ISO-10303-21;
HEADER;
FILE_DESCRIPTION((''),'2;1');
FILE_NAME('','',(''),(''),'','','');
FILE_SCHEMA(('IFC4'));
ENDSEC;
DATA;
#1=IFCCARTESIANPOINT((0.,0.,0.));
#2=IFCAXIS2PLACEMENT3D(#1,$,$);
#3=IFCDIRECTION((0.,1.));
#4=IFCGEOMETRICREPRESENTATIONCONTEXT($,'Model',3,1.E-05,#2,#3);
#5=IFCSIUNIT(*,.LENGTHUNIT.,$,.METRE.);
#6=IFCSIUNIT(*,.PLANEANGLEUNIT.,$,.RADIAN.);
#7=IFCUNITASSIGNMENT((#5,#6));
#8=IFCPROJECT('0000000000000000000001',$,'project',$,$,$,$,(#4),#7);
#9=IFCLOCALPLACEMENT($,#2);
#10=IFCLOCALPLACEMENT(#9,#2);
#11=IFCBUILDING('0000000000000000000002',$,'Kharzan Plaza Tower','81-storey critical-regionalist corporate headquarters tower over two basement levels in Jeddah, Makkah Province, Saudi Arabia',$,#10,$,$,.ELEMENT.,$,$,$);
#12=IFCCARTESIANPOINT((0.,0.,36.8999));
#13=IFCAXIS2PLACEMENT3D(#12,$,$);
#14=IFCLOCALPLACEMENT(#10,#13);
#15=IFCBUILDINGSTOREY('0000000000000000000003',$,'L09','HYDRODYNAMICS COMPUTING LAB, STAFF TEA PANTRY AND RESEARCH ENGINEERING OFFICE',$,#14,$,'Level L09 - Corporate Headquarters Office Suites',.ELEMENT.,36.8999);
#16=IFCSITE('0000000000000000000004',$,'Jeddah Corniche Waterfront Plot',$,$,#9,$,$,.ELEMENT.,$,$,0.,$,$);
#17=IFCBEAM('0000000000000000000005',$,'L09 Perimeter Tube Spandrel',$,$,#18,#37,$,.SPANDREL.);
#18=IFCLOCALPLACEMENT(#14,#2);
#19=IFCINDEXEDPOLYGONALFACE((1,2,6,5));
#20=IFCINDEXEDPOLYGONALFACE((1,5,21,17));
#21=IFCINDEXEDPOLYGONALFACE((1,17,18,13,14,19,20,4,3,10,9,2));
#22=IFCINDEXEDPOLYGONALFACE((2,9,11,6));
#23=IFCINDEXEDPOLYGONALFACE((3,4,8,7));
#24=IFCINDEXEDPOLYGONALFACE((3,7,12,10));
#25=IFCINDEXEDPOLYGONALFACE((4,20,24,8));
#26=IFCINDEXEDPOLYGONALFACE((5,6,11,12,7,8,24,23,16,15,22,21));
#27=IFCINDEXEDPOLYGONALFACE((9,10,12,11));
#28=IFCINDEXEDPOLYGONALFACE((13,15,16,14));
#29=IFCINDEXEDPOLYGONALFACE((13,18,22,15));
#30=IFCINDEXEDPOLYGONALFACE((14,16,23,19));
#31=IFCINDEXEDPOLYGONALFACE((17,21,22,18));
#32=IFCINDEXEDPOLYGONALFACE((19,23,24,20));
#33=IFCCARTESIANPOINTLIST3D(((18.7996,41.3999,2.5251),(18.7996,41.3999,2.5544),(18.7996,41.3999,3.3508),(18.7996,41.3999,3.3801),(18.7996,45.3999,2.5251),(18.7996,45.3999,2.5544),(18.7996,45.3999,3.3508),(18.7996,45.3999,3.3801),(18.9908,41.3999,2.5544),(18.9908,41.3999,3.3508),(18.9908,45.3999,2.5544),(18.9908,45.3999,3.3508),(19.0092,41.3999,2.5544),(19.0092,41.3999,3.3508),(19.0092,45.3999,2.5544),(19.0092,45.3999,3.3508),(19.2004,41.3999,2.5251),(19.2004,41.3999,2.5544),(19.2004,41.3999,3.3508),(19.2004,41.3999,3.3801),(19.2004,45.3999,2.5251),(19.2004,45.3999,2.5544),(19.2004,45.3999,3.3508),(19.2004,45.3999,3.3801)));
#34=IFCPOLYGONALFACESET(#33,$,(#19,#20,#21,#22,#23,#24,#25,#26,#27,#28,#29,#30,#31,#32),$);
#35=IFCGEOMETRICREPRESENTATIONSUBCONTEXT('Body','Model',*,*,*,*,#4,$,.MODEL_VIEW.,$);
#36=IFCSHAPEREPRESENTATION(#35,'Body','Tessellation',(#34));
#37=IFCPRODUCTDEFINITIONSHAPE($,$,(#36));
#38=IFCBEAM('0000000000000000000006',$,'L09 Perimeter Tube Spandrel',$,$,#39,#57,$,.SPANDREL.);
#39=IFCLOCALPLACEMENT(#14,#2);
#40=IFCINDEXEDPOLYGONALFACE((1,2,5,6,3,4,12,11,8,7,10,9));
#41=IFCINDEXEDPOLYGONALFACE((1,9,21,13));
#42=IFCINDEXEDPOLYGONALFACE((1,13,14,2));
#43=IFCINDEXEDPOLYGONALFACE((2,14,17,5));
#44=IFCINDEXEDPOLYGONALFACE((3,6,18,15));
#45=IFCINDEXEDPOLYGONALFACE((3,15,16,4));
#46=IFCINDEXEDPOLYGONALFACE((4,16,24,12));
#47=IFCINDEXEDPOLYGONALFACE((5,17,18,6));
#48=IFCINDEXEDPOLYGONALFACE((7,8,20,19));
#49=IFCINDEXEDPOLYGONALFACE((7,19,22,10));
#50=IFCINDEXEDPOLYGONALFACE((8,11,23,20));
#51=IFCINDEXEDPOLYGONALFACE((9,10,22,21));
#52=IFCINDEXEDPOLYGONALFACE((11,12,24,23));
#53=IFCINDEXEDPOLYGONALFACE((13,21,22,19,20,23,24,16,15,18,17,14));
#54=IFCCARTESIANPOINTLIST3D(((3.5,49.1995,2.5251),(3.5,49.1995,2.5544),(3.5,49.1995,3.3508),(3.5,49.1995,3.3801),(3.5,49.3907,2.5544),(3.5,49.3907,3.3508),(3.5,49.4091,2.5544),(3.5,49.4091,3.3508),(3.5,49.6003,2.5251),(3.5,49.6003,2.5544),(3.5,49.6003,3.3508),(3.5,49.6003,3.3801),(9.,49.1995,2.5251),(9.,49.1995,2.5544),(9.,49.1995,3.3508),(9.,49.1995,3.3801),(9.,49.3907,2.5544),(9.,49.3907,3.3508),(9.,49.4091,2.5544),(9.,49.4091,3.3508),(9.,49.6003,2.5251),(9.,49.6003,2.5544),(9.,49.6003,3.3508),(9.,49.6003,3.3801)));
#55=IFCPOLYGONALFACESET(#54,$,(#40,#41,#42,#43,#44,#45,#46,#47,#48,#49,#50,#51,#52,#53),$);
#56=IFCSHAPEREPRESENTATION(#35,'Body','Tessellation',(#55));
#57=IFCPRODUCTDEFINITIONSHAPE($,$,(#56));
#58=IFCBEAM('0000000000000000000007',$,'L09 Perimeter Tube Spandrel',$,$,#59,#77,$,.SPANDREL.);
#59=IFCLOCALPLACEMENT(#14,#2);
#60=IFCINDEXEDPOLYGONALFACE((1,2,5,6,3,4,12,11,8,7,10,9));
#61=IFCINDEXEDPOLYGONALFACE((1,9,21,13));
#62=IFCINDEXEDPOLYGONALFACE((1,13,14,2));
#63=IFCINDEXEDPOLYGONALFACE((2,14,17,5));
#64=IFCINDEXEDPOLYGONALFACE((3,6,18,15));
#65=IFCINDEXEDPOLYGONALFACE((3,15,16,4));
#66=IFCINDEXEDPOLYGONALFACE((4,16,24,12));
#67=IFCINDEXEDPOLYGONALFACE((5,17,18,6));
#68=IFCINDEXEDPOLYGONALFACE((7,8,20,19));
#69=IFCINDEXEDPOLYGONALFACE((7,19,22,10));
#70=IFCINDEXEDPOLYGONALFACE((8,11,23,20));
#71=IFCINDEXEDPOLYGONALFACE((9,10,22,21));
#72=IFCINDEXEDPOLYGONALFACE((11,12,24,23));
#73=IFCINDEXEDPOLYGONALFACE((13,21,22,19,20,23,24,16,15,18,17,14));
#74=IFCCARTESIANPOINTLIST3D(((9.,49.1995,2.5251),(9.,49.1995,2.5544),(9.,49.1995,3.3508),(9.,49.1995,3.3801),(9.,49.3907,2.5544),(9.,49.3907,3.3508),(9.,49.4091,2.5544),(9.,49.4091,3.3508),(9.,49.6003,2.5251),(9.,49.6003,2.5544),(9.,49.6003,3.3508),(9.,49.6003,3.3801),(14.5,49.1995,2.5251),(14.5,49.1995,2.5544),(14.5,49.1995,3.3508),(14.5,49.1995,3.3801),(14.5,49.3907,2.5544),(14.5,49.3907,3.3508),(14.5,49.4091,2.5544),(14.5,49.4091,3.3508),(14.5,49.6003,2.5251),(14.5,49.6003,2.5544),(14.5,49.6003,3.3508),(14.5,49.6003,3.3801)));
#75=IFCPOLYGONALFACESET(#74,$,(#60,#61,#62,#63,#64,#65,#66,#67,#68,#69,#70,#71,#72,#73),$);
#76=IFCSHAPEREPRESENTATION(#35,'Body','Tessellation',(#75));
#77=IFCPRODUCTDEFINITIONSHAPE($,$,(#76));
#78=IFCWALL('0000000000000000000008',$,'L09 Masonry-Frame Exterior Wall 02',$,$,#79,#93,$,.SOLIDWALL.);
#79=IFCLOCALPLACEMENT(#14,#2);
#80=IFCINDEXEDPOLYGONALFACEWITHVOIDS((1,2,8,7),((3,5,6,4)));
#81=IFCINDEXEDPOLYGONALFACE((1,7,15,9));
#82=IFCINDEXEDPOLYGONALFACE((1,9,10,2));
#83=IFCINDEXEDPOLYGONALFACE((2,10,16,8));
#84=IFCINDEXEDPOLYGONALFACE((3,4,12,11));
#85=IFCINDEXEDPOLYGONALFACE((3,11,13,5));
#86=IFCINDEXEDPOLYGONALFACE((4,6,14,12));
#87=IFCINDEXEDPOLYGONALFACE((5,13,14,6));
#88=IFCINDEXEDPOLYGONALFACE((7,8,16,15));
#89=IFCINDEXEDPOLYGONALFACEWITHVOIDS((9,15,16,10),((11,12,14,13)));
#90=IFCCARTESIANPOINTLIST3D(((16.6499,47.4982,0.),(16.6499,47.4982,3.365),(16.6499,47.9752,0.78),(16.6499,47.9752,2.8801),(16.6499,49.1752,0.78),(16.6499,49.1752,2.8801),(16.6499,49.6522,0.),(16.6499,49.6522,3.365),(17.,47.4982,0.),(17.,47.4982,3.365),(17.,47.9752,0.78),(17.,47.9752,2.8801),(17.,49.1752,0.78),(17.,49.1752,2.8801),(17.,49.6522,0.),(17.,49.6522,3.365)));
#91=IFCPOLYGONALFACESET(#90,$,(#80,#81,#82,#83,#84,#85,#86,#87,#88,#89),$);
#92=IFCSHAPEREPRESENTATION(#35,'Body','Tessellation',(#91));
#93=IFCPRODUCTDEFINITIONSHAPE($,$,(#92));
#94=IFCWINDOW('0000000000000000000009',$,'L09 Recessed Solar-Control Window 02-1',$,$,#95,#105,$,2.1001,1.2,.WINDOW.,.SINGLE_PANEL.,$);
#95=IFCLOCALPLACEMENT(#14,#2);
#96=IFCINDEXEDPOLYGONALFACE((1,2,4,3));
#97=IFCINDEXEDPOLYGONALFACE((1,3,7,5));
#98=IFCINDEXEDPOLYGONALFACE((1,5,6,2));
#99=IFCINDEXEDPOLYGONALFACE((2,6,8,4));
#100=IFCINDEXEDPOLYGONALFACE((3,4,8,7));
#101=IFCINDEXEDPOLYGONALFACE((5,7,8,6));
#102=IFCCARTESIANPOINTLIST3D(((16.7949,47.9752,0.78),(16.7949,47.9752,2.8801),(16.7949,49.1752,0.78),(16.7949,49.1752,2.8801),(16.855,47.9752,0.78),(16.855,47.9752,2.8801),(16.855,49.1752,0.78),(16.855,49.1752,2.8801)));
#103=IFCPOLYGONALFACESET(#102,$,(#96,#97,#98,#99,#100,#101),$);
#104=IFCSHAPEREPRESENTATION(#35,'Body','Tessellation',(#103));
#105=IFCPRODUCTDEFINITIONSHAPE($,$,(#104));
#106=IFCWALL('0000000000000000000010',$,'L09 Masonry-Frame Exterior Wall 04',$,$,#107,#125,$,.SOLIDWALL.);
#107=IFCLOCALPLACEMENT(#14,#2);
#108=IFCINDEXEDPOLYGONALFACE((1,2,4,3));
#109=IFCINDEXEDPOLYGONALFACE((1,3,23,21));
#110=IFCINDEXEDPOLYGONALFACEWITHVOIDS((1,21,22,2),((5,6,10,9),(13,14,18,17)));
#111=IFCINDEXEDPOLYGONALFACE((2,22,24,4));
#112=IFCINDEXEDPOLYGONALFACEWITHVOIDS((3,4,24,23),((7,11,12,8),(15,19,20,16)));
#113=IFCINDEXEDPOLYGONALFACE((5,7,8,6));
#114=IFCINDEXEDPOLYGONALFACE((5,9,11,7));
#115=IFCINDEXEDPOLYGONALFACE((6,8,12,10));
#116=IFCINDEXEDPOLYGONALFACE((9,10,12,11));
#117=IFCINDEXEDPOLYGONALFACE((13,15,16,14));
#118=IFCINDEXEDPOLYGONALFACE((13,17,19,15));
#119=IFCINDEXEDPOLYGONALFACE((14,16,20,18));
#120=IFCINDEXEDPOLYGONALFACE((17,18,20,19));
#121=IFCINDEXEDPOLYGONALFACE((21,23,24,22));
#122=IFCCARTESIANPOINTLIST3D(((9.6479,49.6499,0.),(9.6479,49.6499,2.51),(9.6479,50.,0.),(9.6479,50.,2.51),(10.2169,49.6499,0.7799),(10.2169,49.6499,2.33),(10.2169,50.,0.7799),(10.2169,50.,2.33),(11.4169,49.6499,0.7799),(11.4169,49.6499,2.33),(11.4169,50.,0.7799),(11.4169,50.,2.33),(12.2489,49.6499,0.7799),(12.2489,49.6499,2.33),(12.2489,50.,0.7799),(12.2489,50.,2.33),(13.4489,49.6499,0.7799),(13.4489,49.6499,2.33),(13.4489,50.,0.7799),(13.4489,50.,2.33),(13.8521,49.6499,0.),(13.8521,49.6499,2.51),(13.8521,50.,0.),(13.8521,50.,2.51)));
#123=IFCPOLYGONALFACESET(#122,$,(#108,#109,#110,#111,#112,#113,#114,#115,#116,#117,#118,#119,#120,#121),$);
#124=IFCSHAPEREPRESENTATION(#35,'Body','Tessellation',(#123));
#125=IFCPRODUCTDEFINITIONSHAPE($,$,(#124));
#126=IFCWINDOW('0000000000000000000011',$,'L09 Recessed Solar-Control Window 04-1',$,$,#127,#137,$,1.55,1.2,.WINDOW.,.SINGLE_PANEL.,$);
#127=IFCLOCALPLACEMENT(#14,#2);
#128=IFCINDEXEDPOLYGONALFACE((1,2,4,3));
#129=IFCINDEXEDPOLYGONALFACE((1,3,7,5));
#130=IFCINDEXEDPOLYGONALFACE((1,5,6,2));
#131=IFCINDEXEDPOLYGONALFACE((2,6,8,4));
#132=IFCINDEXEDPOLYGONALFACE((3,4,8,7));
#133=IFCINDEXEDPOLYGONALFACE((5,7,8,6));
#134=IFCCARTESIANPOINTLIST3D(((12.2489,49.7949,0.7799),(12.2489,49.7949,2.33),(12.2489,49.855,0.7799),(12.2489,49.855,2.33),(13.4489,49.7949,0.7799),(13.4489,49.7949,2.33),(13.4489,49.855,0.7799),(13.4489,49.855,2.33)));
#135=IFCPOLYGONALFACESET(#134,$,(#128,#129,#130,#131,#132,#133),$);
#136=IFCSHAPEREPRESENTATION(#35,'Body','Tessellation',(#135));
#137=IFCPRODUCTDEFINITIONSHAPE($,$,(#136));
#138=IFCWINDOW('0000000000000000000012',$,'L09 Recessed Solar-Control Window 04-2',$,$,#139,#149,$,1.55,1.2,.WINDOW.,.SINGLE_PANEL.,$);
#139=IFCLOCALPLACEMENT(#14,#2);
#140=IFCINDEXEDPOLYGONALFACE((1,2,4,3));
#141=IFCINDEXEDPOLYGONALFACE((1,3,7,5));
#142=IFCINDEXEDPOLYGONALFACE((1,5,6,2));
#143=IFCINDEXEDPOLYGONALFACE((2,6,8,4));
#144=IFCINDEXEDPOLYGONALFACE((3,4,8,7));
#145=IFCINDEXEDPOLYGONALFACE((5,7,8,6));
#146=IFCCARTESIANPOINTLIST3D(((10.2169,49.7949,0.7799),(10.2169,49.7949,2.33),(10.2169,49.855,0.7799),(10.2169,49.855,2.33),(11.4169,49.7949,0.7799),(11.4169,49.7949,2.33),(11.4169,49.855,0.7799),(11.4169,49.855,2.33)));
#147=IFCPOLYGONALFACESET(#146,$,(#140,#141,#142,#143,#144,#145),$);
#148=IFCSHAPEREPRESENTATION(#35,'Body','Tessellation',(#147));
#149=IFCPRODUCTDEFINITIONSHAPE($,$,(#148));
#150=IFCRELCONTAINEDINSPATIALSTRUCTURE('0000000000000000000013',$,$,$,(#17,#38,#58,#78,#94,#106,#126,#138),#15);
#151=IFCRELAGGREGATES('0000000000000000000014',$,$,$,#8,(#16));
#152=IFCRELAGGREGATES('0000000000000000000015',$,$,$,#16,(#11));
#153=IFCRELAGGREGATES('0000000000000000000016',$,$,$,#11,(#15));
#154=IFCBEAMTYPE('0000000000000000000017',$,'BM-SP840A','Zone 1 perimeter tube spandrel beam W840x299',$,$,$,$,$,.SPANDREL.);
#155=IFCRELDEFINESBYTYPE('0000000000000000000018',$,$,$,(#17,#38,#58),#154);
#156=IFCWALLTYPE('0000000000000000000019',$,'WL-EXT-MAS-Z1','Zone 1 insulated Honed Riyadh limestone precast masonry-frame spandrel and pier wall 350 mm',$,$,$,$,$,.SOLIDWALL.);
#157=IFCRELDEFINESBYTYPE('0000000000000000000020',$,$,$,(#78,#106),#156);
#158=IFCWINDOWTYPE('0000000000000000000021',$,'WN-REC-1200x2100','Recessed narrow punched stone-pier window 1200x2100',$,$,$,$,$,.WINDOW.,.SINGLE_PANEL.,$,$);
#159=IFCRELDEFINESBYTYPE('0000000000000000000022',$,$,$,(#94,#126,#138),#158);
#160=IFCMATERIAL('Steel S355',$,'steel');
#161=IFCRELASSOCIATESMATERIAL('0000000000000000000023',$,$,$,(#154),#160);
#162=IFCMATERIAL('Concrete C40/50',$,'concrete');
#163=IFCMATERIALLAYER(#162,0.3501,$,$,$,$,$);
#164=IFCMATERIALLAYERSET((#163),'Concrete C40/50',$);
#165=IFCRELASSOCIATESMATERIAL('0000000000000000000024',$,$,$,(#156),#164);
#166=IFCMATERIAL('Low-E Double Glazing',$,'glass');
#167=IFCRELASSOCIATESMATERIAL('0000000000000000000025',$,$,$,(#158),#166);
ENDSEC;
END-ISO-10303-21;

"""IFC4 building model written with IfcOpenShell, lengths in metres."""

from ifc_helpers import new_model, si_unit, direction, frame, frame_2d, origin, origin_2d, place, context, subcontext, project, spatial, rectangle, i_section, extrude, source, transform, mapped, material, layer, layer_set, material_profile, profile_set, type_object, element, fill, save


model = new_model("IFC4")

# Units and contexts
model_context = context("Model", 3, precision=1e-05, world=origin(), true_north=direction((0.0, 1.0)))
body_context = subcontext(model_context, "Body", "Model", "MODEL_VIEW")
ifc_project = project(units=[si_unit("LENGTHUNIT", "METRE"), si_unit("PLANEANGLEUNIT", "RADIAN")], contexts=[model_context])

# Site, building, storey
site_placement = place(None, origin())
site = spatial("IfcSite", under=ifc_project, at=site_placement, Name="Jeddah Corniche Waterfront Plot", CompositionType="ELEMENT", RefElevation=0.0)
building_placement = place(site_placement, origin())
building = spatial("IfcBuilding", under=site, at=building_placement, Name="Kharzan Plaza Tower", Description="81-storey critical-regionalist corporate headquarters tower over two basement levels in Jeddah, Makkah Province, Saudi Arabia", CompositionType="ELEMENT")
storey_placement = place(building_placement, frame((0.0, 0.0, 36.8999)))
storey = spatial("IfcBuildingStorey", under=building, at=storey_placement, Name="L09", Description="HYDRODYNAMICS COMPUTING LAB, STAFF TEA PANTRY AND RESEARCH ENGINEERING OFFICE", LongName="Level L09 - Corporate Headquarters Office Suites", CompositionType="ELEMENT", Elevation=36.8999)

# Beams
ifc_material_1 = material(Name="Steel S355", Category="steel")
ifc_material_profile_1 = material_profile(ifc_material_1, i_section(OverallWidth=0.4009, OverallDepth=0.855, WebThickness=0.0183, FlangeThickness=0.0293, at=origin_2d()), Name="W840x299")
ifc_profile_set_1 = profile_set([ifc_material_profile_1], Name="Steel S355")
beam_type_1 = type_object("IfcBeamType", Name="BM-SP840A", Description="Zone 1 perimeter tube spandrel beam W840x299", PredefinedType="SPANDREL", material=ifc_profile_set_1)
shared_shape_1 = source(origin(), body_context, "Body", "SweptSolid", [
    extrude(i_section(OverallWidth=0.4009, OverallDepth=0.855, WebThickness=0.0183, FlangeThickness=0.0293, at=origin_2d()), origin(), (0.0, 0.0, 1.0), 4.0),
])
beam_1_placement = place(storey_placement, frame((19.0, 41.3999, 2.9526), z_axis=(0.0, 1.0, 0.0), x_axis=(-1.0, 0.0, 0.0)))
element("IfcBeam", 1, at=beam_1_placement, inside=storey, type_object=beam_type_1, Name="L09 Perimeter Tube Spandrel", PredefinedType="SPANDREL", context=body_context, shape_type="MappedRepresentation", body=[
    mapped(shared_shape_1, transform((0.0, 0.0, 0.0), x_axis=(1.0, 0.0, 0.0), y_axis=(0.0, 1.0, 0.0), z_axis=(0.0, 0.0, 1.0))),
])
shared_shape_2 = source(origin(), body_context, "Body", "SweptSolid", [
    extrude(i_section(OverallWidth=0.4009, OverallDepth=0.855, WebThickness=0.0183, FlangeThickness=0.0293, at=origin_2d()), origin(), (0.0, 0.0, 1.0), 5.5),
])
for number, where, z_axis, x_axis, name in (
    (2, (3.5, 49.3999, 2.9526), (1.0, 0.0, 0.0), (0.0, 1.0, 0.0), "L09 Perimeter Tube Spandrel"),
    (3, (9.0, 49.3999, 2.9526), (1.0, 0.0, 0.0), (0.0, 1.0, 0.0), "L09 Perimeter Tube Spandrel"),
):
    element("IfcBeam", number, at=place(storey_placement, frame(where, z_axis=z_axis, x_axis=x_axis)), inside=storey, type_object=beam_type_1, Name=name, PredefinedType="SPANDREL", context=body_context, shape_type="MappedRepresentation", body=[
        mapped(shared_shape_2, transform((0.0, 0.0, 0.0), x_axis=(1.0, 0.0, 0.0), y_axis=(0.0, 1.0, 0.0), z_axis=(0.0, 0.0, 1.0))),
    ])

# Wall, opening, window
ifc_material_2 = material(Name="Concrete C40/50", Category="concrete")
ifc_layer = layer(ifc_material_2, 0.3501)
ifc_layer_set = layer_set([ifc_layer], Name="Concrete C40/50")
wall_type = type_object("IfcWallType", Name="WL-EXT-MAS-Z1", Description="Zone 1 insulated Honed Riyadh limestone precast masonry-frame spandrel and pier wall 350 mm", PredefinedType="SOLIDWALL", material=ifc_layer_set)
wall_1_placement = place(storey_placement, frame((16.825, 47.498, 0.0), z_axis=(0.0, 0.0, 1.0), x_axis=(0.0, 1.0, 0.0)))
wall_1 = element("IfcWall", 4, at=wall_1_placement, inside=storey, type_object=wall_type, Name="L09 Masonry-Frame Exterior Wall 02", PredefinedType="SOLIDWALL", context=body_context, shape_type="SweptSolid", body=[
    extrude(rectangle(XDim=2.1541, YDim=0.3501, at=frame_2d((1.0771, 0.0))), origin(), (0.0, 0.0, 1.0), 3.365),
])
opening_1_placement = place(wall_1_placement, frame((0.4771, 0.0, 0.78)))
opening_1 = element("IfcOpeningElement", 5, at=opening_1_placement, cuts=wall_1, PredefinedType="OPENING", context=body_context, shape_type="SweptSolid", body=[
    extrude(rectangle(XDim=1.2, YDim=2.1001, at=frame_2d((0.6001, 1.05))), frame((0.0, 0.1851, 0.0), z_axis=(0.0, -1.0, 0.0), x_axis=(1.0, 0.0, 0.0)), (0.0, 0.0, 1.0), 0.3701),
])
ifc_material_3 = material(Name="Low-E Double Glazing", Category="glass")
window_type_1 = type_object("IfcWindowType", Name="WN-REC-1200x2100", Description="Recessed narrow punched stone-pier window 1200x2100", PartitioningType="SINGLE_PANEL", PredefinedType="WINDOW", material=ifc_material_3)
shared_shape_3 = source(origin(), body_context, "Body", "SweptSolid", [
    extrude(rectangle(XDim=1.2, YDim=2.1001, at=frame_2d((0.6001, 1.05))), frame((0.0, 0.03, 0.0), z_axis=(0.0, -1.0, 0.0), x_axis=(1.0, 0.0, 0.0)), (0.0, 0.0, 1.0), 0.0601),
])
window_1_placement = place(opening_1_placement, origin())
window_1 = element("IfcWindow", 6, at=window_1_placement, inside=storey, type_object=window_type_1, Name="L09 Recessed Solar-Control Window 02-1", OverallHeight=2.1001, OverallWidth=1.2, PartitioningType="SINGLE_PANEL", PredefinedType="WINDOW", context=body_context, shape_type="MappedRepresentation", body=[
    mapped(shared_shape_3, transform((0.0, 0.0, 0.0), x_axis=(1.0, 0.0, 0.0), y_axis=(0.0, 1.0, 0.0), z_axis=(0.0, 0.0, 1.0))),
])
fill(opening_1, window_1)

# Wall, openings, windows
wall_2_placement = place(storey_placement, frame((13.8521, 49.825, 0.0), z_axis=(0.0, 0.0, 1.0), x_axis=(-1.0, 0.0, 0.0)))
wall_2 = element("IfcWall", 7, at=wall_2_placement, inside=storey, type_object=wall_type, Name="L09 Masonry-Frame Exterior Wall 04", PredefinedType="SOLIDWALL", context=body_context, shape_type="SweptSolid", body=[
    extrude(rectangle(XDim=4.2041, YDim=0.3501, at=frame_2d((2.1021, 0.0))), origin(), (0.0, 0.0, 1.0), 2.51),
])
opening_2_placement = place(wall_2_placement, frame((0.4031, 0.0, 0.78)))
opening_2 = element("IfcOpeningElement", 8, at=opening_2_placement, cuts=wall_2, PredefinedType="OPENING", context=body_context, shape_type="SweptSolid", body=[
    extrude(rectangle(XDim=1.2, YDim=1.55, at=frame_2d((0.6001, 0.7749))), frame((0.0, 0.1851, 0.0), z_axis=(0.0, -1.0, 0.0), x_axis=(1.0, 0.0, 0.0)), (0.0, 0.0, 1.0), 0.3701),
])
opening_3_placement = place(wall_2_placement, frame((2.4351, 0.0, 0.78)))
opening_3 = element("IfcOpeningElement", 9, at=opening_3_placement, cuts=wall_2, PredefinedType="OPENING", context=body_context, shape_type="SweptSolid", body=[
    extrude(rectangle(XDim=1.2, YDim=1.55, at=frame_2d((0.6001, 0.7749))), frame((0.0, 0.1851, 0.0), z_axis=(0.0, -1.0, 0.0), x_axis=(1.0, 0.0, 0.0)), (0.0, 0.0, 1.0), 0.3701),
])
shared_shape_4 = source(origin(), body_context, "Body", "SweptSolid", [
    extrude(rectangle(XDim=1.2, YDim=1.55, at=frame_2d((0.6001, 0.7749))), frame((0.0, 0.03, 0.0), z_axis=(0.0, -1.0, 0.0), x_axis=(1.0, 0.0, 0.0)), (0.0, 0.0, 1.0), 0.0601),
])
window_2_placement = place(opening_2_placement, origin())
window_2 = element("IfcWindow", 10, at=window_2_placement, inside=storey, type_object=window_type_1, Name="L09 Recessed Solar-Control Window 04-1", OverallHeight=1.55, OverallWidth=1.2, PartitioningType="SINGLE_PANEL", PredefinedType="WINDOW", context=body_context, shape_type="MappedRepresentation", body=[
    mapped(shared_shape_4, transform((0.0, 0.0, 0.0), x_axis=(1.0, 0.0, 0.0), y_axis=(0.0, 1.0, 0.0), z_axis=(0.0, 0.0, 1.0))),
])
fill(opening_2, window_2)
window_3_placement = place(opening_3_placement, origin())
window_3 = element("IfcWindow", 11, at=window_3_placement, inside=storey, type_object=window_type_1, Name="L09 Recessed Solar-Control Window 04-2", OverallHeight=1.55, OverallWidth=1.2, PartitioningType="SINGLE_PANEL", PredefinedType="WINDOW", context=body_context, shape_type="MappedRepresentation", body=[
    mapped(shared_shape_4, transform((0.0, 0.0, 0.0), x_axis=(1.0, 0.0, 0.0), y_axis=(0.0, 1.0, 0.0), z_axis=(0.0, 0.0, 1.0))),
])
fill(opening_3, window_3)

save(model, "model.ifc")
